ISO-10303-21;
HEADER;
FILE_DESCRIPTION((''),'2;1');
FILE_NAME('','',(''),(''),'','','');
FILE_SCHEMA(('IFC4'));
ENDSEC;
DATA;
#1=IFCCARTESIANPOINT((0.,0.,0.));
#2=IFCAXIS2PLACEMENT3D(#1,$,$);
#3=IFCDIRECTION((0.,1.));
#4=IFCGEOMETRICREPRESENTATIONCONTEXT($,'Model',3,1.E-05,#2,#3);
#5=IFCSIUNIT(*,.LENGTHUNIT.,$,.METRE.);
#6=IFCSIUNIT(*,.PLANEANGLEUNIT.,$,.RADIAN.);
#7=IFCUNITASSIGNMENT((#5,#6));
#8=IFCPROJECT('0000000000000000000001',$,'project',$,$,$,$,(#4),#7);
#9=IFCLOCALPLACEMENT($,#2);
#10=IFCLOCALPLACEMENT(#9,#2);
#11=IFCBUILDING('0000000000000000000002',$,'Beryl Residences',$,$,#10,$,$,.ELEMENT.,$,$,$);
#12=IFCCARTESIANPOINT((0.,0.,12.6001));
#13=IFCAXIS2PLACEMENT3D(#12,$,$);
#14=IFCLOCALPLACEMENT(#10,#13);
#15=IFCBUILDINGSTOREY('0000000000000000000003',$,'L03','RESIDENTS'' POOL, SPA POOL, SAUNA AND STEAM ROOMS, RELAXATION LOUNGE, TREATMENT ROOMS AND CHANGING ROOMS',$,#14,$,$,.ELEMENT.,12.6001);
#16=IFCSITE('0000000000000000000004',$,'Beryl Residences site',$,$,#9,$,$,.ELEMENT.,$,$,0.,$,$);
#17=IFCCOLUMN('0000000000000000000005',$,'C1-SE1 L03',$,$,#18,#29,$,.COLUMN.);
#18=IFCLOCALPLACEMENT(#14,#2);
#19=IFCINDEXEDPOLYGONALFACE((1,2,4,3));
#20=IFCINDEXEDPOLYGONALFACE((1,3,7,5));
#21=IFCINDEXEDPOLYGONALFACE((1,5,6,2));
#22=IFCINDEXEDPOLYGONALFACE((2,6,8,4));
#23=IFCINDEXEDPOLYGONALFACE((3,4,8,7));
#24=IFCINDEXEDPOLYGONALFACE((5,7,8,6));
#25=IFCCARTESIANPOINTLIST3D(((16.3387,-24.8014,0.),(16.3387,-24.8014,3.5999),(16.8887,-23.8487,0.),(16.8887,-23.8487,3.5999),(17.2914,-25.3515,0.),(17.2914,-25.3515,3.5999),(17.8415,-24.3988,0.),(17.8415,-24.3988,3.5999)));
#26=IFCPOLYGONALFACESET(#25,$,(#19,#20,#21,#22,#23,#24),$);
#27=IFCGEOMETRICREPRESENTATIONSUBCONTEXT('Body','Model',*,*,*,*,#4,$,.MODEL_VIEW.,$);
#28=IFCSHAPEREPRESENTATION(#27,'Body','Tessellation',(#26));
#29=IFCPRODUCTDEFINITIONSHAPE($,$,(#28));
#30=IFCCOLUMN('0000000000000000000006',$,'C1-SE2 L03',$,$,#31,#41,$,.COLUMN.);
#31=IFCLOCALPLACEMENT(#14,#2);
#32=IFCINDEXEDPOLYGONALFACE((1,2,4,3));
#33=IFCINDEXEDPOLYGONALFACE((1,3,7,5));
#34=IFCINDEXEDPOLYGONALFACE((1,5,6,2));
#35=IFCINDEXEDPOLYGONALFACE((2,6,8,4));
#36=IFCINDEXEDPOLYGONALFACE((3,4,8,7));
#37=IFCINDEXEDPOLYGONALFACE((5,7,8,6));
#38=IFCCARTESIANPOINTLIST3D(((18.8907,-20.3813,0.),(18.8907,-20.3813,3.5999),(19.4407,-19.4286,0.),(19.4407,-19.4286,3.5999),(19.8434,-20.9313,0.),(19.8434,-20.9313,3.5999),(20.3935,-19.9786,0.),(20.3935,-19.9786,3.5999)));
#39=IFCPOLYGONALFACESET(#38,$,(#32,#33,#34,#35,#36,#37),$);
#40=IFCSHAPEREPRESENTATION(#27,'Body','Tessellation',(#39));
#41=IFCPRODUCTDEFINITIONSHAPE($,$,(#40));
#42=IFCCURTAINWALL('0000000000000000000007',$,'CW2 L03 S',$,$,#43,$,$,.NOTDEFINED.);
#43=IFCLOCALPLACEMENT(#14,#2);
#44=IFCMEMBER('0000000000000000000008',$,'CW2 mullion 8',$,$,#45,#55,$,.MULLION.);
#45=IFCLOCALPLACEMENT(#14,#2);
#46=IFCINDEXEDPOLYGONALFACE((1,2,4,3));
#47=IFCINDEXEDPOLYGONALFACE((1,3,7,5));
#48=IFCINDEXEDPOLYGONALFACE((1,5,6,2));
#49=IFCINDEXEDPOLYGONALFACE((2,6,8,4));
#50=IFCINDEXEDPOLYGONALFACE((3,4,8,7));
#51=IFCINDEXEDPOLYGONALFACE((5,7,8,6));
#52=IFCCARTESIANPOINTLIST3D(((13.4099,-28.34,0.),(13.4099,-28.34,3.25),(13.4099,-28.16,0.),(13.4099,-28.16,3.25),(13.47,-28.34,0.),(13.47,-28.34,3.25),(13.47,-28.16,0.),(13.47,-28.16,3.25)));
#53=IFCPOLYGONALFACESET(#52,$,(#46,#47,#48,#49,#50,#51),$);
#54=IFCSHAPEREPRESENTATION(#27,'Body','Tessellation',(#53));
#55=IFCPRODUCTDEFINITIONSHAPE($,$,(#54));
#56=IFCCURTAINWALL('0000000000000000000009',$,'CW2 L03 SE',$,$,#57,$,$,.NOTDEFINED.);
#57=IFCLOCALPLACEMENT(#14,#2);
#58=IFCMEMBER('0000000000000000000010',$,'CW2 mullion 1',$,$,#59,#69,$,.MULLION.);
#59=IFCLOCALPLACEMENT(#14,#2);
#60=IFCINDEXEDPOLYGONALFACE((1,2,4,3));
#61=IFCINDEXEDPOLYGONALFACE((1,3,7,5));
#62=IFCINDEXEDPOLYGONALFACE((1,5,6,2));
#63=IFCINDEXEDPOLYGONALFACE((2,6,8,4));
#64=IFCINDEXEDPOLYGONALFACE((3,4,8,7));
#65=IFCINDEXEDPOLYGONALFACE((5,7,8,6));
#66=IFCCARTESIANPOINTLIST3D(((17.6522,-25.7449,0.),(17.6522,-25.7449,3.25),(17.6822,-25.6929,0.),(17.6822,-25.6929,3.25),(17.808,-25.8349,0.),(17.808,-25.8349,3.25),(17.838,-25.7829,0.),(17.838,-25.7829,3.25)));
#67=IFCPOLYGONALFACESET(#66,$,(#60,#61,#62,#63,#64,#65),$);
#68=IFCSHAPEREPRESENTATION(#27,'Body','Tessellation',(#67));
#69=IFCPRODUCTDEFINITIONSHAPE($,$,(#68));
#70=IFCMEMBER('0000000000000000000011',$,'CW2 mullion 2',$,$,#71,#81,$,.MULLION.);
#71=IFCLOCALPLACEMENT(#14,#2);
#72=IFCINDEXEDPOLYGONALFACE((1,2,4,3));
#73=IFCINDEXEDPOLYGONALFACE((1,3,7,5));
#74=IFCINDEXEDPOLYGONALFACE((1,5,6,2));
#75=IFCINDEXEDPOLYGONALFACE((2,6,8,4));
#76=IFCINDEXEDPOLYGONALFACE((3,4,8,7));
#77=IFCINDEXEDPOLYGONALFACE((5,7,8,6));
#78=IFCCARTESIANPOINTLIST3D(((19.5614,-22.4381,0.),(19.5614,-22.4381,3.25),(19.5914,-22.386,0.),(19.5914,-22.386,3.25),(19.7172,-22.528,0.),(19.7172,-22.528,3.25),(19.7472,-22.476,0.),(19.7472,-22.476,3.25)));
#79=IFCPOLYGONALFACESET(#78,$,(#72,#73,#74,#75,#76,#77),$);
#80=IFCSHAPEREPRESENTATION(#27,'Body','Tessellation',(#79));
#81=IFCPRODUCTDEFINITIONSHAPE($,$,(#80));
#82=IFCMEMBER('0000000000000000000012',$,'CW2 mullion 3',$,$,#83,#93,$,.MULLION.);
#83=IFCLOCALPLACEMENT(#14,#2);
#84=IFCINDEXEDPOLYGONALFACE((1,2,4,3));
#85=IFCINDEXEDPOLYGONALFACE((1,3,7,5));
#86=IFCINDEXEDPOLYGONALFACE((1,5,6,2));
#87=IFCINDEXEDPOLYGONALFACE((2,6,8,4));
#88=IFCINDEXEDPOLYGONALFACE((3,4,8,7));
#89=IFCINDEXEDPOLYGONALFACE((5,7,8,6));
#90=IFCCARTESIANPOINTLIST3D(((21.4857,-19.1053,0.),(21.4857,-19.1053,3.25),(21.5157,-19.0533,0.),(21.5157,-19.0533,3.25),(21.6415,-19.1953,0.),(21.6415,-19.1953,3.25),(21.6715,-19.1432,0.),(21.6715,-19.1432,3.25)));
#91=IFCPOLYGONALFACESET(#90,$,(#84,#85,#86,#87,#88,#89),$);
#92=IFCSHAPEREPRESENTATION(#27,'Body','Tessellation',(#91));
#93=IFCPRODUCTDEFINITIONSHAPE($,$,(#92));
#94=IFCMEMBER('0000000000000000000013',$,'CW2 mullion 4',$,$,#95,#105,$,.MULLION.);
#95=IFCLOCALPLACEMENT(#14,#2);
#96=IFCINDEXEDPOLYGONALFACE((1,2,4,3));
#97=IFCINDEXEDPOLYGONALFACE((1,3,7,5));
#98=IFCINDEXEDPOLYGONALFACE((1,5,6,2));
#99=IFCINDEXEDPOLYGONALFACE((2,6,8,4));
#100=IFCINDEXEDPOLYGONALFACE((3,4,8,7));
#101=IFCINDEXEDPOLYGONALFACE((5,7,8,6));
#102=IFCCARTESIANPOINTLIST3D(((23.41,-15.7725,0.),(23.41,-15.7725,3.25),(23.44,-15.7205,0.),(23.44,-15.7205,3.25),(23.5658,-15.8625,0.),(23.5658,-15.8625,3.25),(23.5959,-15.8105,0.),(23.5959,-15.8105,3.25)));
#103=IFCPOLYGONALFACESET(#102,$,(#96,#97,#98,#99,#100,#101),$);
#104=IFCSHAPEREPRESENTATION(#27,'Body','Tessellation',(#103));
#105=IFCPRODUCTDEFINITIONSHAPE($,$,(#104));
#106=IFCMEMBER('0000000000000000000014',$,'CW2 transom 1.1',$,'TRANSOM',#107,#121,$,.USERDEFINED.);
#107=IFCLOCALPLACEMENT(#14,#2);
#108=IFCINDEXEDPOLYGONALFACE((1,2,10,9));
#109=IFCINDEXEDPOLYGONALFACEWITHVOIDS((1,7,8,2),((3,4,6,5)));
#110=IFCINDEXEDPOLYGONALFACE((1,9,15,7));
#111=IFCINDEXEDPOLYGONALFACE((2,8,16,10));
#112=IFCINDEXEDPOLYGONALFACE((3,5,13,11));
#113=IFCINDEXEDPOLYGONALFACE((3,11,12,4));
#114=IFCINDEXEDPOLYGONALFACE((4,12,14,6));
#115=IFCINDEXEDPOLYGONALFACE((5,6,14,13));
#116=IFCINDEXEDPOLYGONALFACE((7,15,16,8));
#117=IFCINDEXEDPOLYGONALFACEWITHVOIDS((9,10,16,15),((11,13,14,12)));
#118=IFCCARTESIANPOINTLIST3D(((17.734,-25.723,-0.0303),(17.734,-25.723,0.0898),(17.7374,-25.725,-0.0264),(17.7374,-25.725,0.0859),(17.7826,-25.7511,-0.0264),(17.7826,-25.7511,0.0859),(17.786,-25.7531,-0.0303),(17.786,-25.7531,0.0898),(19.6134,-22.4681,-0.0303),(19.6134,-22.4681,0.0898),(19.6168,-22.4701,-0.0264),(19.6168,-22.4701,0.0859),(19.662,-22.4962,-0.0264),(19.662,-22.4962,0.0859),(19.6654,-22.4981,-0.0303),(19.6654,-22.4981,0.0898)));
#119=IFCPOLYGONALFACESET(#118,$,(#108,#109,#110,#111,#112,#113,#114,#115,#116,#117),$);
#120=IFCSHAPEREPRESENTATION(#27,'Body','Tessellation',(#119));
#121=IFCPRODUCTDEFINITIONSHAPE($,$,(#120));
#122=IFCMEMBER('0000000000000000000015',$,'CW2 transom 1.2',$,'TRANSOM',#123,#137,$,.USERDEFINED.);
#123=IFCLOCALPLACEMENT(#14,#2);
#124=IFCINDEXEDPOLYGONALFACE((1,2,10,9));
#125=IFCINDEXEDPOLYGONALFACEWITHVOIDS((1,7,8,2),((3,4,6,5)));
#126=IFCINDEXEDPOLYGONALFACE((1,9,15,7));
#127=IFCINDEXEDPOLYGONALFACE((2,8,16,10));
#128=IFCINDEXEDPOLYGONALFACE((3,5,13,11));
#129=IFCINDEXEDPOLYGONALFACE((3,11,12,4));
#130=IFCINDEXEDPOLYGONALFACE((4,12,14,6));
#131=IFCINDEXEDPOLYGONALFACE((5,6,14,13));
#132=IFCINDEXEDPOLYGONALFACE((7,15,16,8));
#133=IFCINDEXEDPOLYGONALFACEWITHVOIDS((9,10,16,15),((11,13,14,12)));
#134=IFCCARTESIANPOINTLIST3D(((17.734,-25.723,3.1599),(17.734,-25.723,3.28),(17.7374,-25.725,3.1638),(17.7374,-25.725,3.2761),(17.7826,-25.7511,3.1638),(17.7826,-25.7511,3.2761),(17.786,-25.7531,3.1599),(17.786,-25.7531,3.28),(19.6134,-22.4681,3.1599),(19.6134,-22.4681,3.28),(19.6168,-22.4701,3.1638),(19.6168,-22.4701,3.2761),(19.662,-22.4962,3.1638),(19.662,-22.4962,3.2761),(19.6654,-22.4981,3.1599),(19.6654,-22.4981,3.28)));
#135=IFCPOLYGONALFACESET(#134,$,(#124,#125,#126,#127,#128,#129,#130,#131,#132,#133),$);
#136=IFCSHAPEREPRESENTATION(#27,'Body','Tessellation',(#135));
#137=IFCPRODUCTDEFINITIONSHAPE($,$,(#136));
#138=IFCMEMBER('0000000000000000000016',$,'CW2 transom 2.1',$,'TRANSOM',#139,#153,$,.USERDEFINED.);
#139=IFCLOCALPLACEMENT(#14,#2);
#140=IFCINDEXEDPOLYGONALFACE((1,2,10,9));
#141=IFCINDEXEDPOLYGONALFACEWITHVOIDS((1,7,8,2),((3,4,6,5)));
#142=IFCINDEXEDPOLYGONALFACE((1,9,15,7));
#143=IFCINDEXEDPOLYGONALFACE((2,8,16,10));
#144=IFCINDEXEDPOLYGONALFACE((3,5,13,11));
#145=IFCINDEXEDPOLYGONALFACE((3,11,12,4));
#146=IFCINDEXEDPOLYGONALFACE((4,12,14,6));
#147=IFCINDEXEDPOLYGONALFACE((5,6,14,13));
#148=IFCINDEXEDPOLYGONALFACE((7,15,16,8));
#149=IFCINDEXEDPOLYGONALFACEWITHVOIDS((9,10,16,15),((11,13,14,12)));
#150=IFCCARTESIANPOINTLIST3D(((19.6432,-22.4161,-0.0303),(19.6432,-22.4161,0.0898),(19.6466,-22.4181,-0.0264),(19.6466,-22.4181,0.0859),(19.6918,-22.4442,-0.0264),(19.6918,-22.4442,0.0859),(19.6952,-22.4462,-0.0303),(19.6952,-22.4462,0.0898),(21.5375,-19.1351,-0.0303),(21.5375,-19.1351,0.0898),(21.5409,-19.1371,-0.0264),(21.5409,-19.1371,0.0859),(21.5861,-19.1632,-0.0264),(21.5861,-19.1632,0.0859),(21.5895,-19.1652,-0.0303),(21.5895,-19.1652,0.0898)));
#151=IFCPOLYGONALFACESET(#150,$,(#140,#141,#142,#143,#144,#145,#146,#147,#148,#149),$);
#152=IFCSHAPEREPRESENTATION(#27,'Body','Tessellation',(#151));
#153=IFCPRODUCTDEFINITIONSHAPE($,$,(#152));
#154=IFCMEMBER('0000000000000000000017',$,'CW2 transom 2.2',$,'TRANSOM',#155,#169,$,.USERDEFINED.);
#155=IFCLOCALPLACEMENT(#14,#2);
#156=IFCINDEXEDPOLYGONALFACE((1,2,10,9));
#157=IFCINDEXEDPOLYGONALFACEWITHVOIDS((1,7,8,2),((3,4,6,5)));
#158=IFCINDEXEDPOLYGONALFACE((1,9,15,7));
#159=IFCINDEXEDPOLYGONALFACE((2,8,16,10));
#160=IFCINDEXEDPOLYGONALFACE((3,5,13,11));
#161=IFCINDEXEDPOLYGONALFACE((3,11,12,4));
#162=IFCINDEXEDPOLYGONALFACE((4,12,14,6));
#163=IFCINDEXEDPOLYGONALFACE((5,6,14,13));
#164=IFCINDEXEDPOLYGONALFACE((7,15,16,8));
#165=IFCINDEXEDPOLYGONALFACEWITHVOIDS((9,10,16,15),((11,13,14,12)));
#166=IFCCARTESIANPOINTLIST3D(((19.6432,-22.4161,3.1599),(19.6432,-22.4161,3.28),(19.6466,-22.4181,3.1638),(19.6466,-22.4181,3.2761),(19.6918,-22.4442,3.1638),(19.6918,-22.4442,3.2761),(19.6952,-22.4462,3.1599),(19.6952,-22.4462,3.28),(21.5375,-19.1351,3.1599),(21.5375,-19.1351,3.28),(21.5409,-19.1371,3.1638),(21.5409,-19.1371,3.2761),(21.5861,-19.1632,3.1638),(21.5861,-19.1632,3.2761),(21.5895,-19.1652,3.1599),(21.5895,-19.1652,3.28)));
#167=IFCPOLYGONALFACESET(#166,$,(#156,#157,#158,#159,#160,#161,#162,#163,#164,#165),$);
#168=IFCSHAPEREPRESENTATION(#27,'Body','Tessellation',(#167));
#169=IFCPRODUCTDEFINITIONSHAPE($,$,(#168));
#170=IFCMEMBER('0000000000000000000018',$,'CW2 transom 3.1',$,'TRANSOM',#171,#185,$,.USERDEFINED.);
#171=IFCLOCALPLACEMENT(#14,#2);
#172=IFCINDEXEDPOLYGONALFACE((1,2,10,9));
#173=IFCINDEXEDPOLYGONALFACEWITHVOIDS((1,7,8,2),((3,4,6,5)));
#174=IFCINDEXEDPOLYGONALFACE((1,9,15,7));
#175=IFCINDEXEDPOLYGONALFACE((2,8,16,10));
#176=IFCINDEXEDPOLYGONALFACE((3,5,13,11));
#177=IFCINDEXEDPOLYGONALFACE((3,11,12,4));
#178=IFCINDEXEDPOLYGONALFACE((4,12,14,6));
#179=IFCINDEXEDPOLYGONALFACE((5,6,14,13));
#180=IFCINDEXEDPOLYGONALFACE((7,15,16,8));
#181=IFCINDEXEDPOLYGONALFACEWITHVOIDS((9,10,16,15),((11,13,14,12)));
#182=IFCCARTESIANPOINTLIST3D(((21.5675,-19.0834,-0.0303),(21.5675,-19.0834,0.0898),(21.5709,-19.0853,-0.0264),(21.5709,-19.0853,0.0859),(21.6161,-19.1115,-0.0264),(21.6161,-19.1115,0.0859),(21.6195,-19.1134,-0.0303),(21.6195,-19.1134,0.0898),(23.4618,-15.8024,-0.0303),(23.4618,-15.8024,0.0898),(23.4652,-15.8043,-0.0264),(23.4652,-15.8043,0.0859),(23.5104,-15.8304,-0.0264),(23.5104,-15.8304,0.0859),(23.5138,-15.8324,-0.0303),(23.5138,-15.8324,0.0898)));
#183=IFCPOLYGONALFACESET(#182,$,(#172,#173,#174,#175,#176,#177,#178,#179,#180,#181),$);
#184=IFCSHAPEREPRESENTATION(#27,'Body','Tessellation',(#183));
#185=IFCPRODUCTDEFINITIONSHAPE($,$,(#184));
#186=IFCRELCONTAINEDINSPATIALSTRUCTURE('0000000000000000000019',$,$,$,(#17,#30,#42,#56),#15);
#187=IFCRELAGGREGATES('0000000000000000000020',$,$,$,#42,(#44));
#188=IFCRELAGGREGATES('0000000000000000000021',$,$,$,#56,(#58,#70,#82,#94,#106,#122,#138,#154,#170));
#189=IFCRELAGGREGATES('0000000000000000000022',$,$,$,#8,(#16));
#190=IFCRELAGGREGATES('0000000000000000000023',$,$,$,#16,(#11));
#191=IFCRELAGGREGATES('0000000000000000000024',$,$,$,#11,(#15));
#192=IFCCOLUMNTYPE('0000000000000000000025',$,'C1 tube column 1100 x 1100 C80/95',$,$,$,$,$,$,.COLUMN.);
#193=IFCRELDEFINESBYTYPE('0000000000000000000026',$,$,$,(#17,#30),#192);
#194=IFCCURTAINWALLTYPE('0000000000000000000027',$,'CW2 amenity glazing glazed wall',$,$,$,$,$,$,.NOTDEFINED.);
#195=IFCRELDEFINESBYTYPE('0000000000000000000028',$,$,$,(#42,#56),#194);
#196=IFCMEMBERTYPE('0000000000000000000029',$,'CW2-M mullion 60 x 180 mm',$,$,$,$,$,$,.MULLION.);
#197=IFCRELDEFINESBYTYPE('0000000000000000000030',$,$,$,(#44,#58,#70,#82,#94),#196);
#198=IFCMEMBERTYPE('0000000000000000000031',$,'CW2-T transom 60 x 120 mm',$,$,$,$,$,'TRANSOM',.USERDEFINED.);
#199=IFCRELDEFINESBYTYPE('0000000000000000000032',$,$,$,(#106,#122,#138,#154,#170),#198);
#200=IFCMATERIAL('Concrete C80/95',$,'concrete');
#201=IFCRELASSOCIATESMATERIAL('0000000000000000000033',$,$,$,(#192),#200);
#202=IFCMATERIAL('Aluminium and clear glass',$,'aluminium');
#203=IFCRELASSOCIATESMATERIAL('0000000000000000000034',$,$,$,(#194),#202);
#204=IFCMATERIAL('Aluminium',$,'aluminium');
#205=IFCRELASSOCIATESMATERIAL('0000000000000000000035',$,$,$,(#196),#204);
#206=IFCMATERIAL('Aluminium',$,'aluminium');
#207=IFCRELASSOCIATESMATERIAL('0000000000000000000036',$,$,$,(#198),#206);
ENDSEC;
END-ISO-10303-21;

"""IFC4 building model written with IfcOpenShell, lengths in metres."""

from ifc_helpers import new_model, si_unit, direction, frame, origin, origin_2d, place, context, subcontext, project, spatial, rectangle, hollow_rectangle, extrude, material, material_profile, profile_set, type_object, element, aggregate, save


model = new_model("IFC4")

# Units and contexts
model_context = context("Model", 3, precision=1e-05, world=origin(), true_north=direction((0.0, 1.0)))
body_context = subcontext(model_context, "Body", "Model", "MODEL_VIEW")
ifc_project = project(units=[si_unit("LENGTHUNIT", "METRE"), si_unit("PLANEANGLEUNIT", "RADIAN")], contexts=[model_context])

# Site, building, storey
site_placement = place(None, origin())
site = spatial("IfcSite", under=ifc_project, at=site_placement, Name="Beryl Residences site", CompositionType="ELEMENT", RefElevation=0.0)
building_placement = place(site_placement, origin())
building = spatial("IfcBuilding", under=site, at=building_placement, Name="Beryl Residences", CompositionType="ELEMENT")
storey_placement = place(building_placement, frame((0.0, 0.0, 12.6001)))
storey = spatial("IfcBuildingStorey", under=building, at=storey_placement, Name="L03", Description="RESIDENTS' POOL, SPA POOL, SAUNA AND STEAM ROOMS, RELAXATION LOUNGE, TREATMENT ROOMS AND CHANGING ROOMS", CompositionType="ELEMENT", Elevation=12.6001)

# Columns
ifc_material_1 = material(Name="Concrete C80/95", Category="concrete")
ifc_material_profile_1 = material_profile(ifc_material_1, rectangle(XDim=1.1001, YDim=1.1001, at=origin_2d()))
ifc_profile_set_1 = profile_set([ifc_material_profile_1], Name="Concrete C80/95")
column_type = type_object("IfcColumnType", Name="C1 tube column 1100 x 1100 C80/95", PredefinedType="COLUMN", material=ifc_profile_set_1)
for number, where, z_axis, x_axis, name in (
    (1, (17.0901, -24.6001, 0.0), (0.0, 0.0, 1.0), (0.499985, 0.866034, 0.0), "C1-SE1 L03"),
    (2, (19.6421, -20.1799, 0.0), (0.0, 0.0, 1.0), (0.499985, 0.866034, 0.0), "C1-SE2 L03"),
):
    element("IfcColumn", number, at=place(storey_placement, frame(where, z_axis=z_axis, x_axis=x_axis)), inside=storey, type_object=column_type, Name=name, PredefinedType="COLUMN", context=body_context, shape_type="SweptSolid", body=[
        extrude(rectangle(XDim=1.1001, YDim=1.1001, at=origin_2d()), origin(), (0.0, 0.0, 1.0), 3.5999),
    ])

# Curtain wall, member
ifc_material_2 = material(Name="Aluminium and clear glass", Category="aluminium")
curtain_wall_type = type_object("IfcCurtainWallType", Name="CW2 amenity glazing glazed wall", PredefinedType="NOTDEFINED", material=ifc_material_2)
curtain_wall_1_placement = place(storey_placement, origin())
curtain_wall_1 = element("IfcCurtainWall", 3, at=curtain_wall_1_placement, inside=storey, type_object=curtain_wall_type, Name="CW2 L03 S", PredefinedType="NOTDEFINED")
ifc_material_3 = material(Name="Aluminium", Category="aluminium")
ifc_material_profile_2 = material_profile(ifc_material_3, rectangle(XDim=0.0601, YDim=0.1799, at=origin_2d()))
ifc_profile_set_2 = profile_set([ifc_material_profile_2], Name="Aluminium")
member_type_1 = type_object("IfcMemberType", Name="CW2-M mullion 60 x 180 mm", PredefinedType="MULLION", material=ifc_profile_set_2)
member_1_placement = place(storey_placement, frame((13.4399, -28.25, 0.0), z_axis=(0.0, 0.0, 1.0), x_axis=(1.0, 0.0, 0.0)))
member_1 = element("IfcMember", 4, at=member_1_placement, type_object=member_type_1, Name="CW2 mullion 8", PredefinedType="MULLION", context=body_context, shape_type="SweptSolid", body=[
    extrude(rectangle(XDim=0.0601, YDim=0.1799, at=origin_2d()), origin(), (0.0, 0.0, 1.0), 3.25),
])
aggregate(curtain_wall_1, [member_1])

# Curtain wall, members
curtain_wall_2_placement = place(storey_placement, origin())
curtain_wall_2 = element("IfcCurtainWall", 5, at=curtain_wall_2_placement, inside=storey, type_object=curtain_wall_type, Name="CW2 L03 SE", PredefinedType="NOTDEFINED")
member_2_placement = place(storey_placement, frame((17.7451, -25.7639, 0.0), z_axis=(0.0, 0.0, 1.0), x_axis=(0.500012, 0.866019, 0.0)))
member_2 = element("IfcMember", 6, at=member_2_placement, type_object=member_type_1, Name="CW2 mullion 1", PredefinedType="MULLION", context=body_context, shape_type="SweptSolid", body=[
    extrude(rectangle(XDim=0.0601, YDim=0.1799, at=origin_2d()), origin(), (0.0, 0.0, 1.0), 3.25),
])
member_3_placement = place(storey_placement, frame((19.6543, -22.457, 0.0), z_axis=(0.0, 0.0, 1.0), x_axis=(0.500012, 0.866019, 0.0)))
member_3 = element("IfcMember", 7, at=member_3_placement, type_object=member_type_1, Name="CW2 mullion 2", PredefinedType="MULLION", context=body_context, shape_type="SweptSolid", body=[
    extrude(rectangle(XDim=0.0601, YDim=0.1799, at=origin_2d()), origin(), (0.0, 0.0, 1.0), 3.25),
])
member_4_placement = place(storey_placement, frame((21.5786, -19.1243, 0.0), z_axis=(0.0, 0.0, 1.0), x_axis=(0.500012, 0.866019, 0.0)))
member_4 = element("IfcMember", 8, at=member_4_placement, type_object=member_type_1, Name="CW2 mullion 3", PredefinedType="MULLION", context=body_context, shape_type="SweptSolid", body=[
    extrude(rectangle(XDim=0.0601, YDim=0.1799, at=origin_2d()), origin(), (0.0, 0.0, 1.0), 3.25),
])
member_5_placement = place(storey_placement, frame((23.5029, -15.7915, 0.0), z_axis=(0.0, 0.0, 1.0), x_axis=(0.500012, 0.866019, 0.0)))
member_5 = element("IfcMember", 9, at=member_5_placement, type_object=member_type_1, Name="CW2 mullion 4", PredefinedType="MULLION", context=body_context, shape_type="SweptSolid", body=[
    extrude(rectangle(XDim=0.0601, YDim=0.1799, at=origin_2d()), origin(), (0.0, 0.0, 1.0), 3.25),
])
ifc_material_4 = material(Name="Aluminium", Category="aluminium")
ifc_material_profile_3 = material_profile(ifc_material_4, hollow_rectangle(XDim=0.0601, YDim=0.1201, WallThickness=0.0039, at=origin_2d()))
ifc_profile_set_3 = profile_set([ifc_material_profile_3], Name="Aluminium")
member_type_2 = type_object("IfcMemberType", Name="CW2-T transom 60 x 120 mm", ElementType="TRANSOM", PredefinedType="USERDEFINED", material=ifc_profile_set_3)
member_6_placement = place(storey_placement, frame((17.76, -25.738, 0.0298), z_axis=(0.500037, 0.866004, 0.0), x_axis=(-0.866004, 0.500037, 0.0)))
member_6 = element("IfcMember", 10, at=member_6_placement, type_object=member_type_2, Name="CW2 transom 1.1", ObjectType="TRANSOM", PredefinedType="USERDEFINED", context=body_context, shape_type="SweptSolid", body=[
    extrude(hollow_rectangle(XDim=0.0601, YDim=0.1201, WallThickness=0.0039, at=origin_2d()), origin(), (0.0, 0.0, 1.0), 3.7585),
])
member_7_placement = place(storey_placement, frame((17.76, -25.738, 3.22), z_axis=(0.500037, 0.866004, 0.0), x_axis=(-0.866004, 0.500037, 0.0)))
member_7 = element("IfcMember", 11, at=member_7_placement, type_object=member_type_2, Name="CW2 transom 1.2", ObjectType="TRANSOM", PredefinedType="USERDEFINED", context=body_context, shape_type="SweptSolid", body=[
    extrude(hollow_rectangle(XDim=0.0601, YDim=0.1201, WallThickness=0.0039, at=origin_2d()), origin(), (0.0, 0.0, 1.0), 3.7585),
])
member_8_placement = place(storey_placement, frame((19.6692, -22.4312, 0.0298), z_axis=(0.5, 0.866026, 0.0), x_axis=(-0.866026, 0.5, 0.0)))
member_8 = element("IfcMember", 12, at=member_8_placement, type_object=member_type_2, Name="CW2 transom 2.1", ObjectType="TRANSOM", PredefinedType="USERDEFINED", context=body_context, shape_type="SweptSolid", body=[
    extrude(hollow_rectangle(XDim=0.0601, YDim=0.1201, WallThickness=0.0039, at=origin_2d()), origin(), (0.0, 0.0, 1.0), 3.7886),
])
member_9_placement = place(storey_placement, frame((19.6692, -22.4312, 3.22), z_axis=(0.5, 0.866026, 0.0), x_axis=(-0.866026, 0.5, 0.0)))
member_9 = element("IfcMember", 13, at=member_9_placement, type_object=member_type_2, Name="CW2 transom 2.2", ObjectType="TRANSOM", PredefinedType="USERDEFINED", context=body_context, shape_type="SweptSolid", body=[
    extrude(hollow_rectangle(XDim=0.0601, YDim=0.1201, WallThickness=0.0039, at=origin_2d()), origin(), (0.0, 0.0, 1.0), 3.7886),
])
member_10_placement = place(storey_placement, frame((21.5935, -19.0984, 0.0298), z_axis=(0.5, 0.866026, 0.0), x_axis=(-0.866026, 0.5, 0.0)))
member_10 = element("IfcMember", 14, at=member_10_placement, type_object=member_type_2, Name="CW2 transom 3.1", ObjectType="TRANSOM", PredefinedType="USERDEFINED", context=body_context, shape_type="SweptSolid", body=[
    extrude(hollow_rectangle(XDim=0.0601, YDim=0.1201, WallThickness=0.0039, at=origin_2d()), origin(), (0.0, 0.0, 1.0), 3.7886),
])

aggregate(curtain_wall_2, [member_2, member_3, member_4, member_5, member_6, member_7, member_8, member_9, member_10])

save(model, "model.ifc")
